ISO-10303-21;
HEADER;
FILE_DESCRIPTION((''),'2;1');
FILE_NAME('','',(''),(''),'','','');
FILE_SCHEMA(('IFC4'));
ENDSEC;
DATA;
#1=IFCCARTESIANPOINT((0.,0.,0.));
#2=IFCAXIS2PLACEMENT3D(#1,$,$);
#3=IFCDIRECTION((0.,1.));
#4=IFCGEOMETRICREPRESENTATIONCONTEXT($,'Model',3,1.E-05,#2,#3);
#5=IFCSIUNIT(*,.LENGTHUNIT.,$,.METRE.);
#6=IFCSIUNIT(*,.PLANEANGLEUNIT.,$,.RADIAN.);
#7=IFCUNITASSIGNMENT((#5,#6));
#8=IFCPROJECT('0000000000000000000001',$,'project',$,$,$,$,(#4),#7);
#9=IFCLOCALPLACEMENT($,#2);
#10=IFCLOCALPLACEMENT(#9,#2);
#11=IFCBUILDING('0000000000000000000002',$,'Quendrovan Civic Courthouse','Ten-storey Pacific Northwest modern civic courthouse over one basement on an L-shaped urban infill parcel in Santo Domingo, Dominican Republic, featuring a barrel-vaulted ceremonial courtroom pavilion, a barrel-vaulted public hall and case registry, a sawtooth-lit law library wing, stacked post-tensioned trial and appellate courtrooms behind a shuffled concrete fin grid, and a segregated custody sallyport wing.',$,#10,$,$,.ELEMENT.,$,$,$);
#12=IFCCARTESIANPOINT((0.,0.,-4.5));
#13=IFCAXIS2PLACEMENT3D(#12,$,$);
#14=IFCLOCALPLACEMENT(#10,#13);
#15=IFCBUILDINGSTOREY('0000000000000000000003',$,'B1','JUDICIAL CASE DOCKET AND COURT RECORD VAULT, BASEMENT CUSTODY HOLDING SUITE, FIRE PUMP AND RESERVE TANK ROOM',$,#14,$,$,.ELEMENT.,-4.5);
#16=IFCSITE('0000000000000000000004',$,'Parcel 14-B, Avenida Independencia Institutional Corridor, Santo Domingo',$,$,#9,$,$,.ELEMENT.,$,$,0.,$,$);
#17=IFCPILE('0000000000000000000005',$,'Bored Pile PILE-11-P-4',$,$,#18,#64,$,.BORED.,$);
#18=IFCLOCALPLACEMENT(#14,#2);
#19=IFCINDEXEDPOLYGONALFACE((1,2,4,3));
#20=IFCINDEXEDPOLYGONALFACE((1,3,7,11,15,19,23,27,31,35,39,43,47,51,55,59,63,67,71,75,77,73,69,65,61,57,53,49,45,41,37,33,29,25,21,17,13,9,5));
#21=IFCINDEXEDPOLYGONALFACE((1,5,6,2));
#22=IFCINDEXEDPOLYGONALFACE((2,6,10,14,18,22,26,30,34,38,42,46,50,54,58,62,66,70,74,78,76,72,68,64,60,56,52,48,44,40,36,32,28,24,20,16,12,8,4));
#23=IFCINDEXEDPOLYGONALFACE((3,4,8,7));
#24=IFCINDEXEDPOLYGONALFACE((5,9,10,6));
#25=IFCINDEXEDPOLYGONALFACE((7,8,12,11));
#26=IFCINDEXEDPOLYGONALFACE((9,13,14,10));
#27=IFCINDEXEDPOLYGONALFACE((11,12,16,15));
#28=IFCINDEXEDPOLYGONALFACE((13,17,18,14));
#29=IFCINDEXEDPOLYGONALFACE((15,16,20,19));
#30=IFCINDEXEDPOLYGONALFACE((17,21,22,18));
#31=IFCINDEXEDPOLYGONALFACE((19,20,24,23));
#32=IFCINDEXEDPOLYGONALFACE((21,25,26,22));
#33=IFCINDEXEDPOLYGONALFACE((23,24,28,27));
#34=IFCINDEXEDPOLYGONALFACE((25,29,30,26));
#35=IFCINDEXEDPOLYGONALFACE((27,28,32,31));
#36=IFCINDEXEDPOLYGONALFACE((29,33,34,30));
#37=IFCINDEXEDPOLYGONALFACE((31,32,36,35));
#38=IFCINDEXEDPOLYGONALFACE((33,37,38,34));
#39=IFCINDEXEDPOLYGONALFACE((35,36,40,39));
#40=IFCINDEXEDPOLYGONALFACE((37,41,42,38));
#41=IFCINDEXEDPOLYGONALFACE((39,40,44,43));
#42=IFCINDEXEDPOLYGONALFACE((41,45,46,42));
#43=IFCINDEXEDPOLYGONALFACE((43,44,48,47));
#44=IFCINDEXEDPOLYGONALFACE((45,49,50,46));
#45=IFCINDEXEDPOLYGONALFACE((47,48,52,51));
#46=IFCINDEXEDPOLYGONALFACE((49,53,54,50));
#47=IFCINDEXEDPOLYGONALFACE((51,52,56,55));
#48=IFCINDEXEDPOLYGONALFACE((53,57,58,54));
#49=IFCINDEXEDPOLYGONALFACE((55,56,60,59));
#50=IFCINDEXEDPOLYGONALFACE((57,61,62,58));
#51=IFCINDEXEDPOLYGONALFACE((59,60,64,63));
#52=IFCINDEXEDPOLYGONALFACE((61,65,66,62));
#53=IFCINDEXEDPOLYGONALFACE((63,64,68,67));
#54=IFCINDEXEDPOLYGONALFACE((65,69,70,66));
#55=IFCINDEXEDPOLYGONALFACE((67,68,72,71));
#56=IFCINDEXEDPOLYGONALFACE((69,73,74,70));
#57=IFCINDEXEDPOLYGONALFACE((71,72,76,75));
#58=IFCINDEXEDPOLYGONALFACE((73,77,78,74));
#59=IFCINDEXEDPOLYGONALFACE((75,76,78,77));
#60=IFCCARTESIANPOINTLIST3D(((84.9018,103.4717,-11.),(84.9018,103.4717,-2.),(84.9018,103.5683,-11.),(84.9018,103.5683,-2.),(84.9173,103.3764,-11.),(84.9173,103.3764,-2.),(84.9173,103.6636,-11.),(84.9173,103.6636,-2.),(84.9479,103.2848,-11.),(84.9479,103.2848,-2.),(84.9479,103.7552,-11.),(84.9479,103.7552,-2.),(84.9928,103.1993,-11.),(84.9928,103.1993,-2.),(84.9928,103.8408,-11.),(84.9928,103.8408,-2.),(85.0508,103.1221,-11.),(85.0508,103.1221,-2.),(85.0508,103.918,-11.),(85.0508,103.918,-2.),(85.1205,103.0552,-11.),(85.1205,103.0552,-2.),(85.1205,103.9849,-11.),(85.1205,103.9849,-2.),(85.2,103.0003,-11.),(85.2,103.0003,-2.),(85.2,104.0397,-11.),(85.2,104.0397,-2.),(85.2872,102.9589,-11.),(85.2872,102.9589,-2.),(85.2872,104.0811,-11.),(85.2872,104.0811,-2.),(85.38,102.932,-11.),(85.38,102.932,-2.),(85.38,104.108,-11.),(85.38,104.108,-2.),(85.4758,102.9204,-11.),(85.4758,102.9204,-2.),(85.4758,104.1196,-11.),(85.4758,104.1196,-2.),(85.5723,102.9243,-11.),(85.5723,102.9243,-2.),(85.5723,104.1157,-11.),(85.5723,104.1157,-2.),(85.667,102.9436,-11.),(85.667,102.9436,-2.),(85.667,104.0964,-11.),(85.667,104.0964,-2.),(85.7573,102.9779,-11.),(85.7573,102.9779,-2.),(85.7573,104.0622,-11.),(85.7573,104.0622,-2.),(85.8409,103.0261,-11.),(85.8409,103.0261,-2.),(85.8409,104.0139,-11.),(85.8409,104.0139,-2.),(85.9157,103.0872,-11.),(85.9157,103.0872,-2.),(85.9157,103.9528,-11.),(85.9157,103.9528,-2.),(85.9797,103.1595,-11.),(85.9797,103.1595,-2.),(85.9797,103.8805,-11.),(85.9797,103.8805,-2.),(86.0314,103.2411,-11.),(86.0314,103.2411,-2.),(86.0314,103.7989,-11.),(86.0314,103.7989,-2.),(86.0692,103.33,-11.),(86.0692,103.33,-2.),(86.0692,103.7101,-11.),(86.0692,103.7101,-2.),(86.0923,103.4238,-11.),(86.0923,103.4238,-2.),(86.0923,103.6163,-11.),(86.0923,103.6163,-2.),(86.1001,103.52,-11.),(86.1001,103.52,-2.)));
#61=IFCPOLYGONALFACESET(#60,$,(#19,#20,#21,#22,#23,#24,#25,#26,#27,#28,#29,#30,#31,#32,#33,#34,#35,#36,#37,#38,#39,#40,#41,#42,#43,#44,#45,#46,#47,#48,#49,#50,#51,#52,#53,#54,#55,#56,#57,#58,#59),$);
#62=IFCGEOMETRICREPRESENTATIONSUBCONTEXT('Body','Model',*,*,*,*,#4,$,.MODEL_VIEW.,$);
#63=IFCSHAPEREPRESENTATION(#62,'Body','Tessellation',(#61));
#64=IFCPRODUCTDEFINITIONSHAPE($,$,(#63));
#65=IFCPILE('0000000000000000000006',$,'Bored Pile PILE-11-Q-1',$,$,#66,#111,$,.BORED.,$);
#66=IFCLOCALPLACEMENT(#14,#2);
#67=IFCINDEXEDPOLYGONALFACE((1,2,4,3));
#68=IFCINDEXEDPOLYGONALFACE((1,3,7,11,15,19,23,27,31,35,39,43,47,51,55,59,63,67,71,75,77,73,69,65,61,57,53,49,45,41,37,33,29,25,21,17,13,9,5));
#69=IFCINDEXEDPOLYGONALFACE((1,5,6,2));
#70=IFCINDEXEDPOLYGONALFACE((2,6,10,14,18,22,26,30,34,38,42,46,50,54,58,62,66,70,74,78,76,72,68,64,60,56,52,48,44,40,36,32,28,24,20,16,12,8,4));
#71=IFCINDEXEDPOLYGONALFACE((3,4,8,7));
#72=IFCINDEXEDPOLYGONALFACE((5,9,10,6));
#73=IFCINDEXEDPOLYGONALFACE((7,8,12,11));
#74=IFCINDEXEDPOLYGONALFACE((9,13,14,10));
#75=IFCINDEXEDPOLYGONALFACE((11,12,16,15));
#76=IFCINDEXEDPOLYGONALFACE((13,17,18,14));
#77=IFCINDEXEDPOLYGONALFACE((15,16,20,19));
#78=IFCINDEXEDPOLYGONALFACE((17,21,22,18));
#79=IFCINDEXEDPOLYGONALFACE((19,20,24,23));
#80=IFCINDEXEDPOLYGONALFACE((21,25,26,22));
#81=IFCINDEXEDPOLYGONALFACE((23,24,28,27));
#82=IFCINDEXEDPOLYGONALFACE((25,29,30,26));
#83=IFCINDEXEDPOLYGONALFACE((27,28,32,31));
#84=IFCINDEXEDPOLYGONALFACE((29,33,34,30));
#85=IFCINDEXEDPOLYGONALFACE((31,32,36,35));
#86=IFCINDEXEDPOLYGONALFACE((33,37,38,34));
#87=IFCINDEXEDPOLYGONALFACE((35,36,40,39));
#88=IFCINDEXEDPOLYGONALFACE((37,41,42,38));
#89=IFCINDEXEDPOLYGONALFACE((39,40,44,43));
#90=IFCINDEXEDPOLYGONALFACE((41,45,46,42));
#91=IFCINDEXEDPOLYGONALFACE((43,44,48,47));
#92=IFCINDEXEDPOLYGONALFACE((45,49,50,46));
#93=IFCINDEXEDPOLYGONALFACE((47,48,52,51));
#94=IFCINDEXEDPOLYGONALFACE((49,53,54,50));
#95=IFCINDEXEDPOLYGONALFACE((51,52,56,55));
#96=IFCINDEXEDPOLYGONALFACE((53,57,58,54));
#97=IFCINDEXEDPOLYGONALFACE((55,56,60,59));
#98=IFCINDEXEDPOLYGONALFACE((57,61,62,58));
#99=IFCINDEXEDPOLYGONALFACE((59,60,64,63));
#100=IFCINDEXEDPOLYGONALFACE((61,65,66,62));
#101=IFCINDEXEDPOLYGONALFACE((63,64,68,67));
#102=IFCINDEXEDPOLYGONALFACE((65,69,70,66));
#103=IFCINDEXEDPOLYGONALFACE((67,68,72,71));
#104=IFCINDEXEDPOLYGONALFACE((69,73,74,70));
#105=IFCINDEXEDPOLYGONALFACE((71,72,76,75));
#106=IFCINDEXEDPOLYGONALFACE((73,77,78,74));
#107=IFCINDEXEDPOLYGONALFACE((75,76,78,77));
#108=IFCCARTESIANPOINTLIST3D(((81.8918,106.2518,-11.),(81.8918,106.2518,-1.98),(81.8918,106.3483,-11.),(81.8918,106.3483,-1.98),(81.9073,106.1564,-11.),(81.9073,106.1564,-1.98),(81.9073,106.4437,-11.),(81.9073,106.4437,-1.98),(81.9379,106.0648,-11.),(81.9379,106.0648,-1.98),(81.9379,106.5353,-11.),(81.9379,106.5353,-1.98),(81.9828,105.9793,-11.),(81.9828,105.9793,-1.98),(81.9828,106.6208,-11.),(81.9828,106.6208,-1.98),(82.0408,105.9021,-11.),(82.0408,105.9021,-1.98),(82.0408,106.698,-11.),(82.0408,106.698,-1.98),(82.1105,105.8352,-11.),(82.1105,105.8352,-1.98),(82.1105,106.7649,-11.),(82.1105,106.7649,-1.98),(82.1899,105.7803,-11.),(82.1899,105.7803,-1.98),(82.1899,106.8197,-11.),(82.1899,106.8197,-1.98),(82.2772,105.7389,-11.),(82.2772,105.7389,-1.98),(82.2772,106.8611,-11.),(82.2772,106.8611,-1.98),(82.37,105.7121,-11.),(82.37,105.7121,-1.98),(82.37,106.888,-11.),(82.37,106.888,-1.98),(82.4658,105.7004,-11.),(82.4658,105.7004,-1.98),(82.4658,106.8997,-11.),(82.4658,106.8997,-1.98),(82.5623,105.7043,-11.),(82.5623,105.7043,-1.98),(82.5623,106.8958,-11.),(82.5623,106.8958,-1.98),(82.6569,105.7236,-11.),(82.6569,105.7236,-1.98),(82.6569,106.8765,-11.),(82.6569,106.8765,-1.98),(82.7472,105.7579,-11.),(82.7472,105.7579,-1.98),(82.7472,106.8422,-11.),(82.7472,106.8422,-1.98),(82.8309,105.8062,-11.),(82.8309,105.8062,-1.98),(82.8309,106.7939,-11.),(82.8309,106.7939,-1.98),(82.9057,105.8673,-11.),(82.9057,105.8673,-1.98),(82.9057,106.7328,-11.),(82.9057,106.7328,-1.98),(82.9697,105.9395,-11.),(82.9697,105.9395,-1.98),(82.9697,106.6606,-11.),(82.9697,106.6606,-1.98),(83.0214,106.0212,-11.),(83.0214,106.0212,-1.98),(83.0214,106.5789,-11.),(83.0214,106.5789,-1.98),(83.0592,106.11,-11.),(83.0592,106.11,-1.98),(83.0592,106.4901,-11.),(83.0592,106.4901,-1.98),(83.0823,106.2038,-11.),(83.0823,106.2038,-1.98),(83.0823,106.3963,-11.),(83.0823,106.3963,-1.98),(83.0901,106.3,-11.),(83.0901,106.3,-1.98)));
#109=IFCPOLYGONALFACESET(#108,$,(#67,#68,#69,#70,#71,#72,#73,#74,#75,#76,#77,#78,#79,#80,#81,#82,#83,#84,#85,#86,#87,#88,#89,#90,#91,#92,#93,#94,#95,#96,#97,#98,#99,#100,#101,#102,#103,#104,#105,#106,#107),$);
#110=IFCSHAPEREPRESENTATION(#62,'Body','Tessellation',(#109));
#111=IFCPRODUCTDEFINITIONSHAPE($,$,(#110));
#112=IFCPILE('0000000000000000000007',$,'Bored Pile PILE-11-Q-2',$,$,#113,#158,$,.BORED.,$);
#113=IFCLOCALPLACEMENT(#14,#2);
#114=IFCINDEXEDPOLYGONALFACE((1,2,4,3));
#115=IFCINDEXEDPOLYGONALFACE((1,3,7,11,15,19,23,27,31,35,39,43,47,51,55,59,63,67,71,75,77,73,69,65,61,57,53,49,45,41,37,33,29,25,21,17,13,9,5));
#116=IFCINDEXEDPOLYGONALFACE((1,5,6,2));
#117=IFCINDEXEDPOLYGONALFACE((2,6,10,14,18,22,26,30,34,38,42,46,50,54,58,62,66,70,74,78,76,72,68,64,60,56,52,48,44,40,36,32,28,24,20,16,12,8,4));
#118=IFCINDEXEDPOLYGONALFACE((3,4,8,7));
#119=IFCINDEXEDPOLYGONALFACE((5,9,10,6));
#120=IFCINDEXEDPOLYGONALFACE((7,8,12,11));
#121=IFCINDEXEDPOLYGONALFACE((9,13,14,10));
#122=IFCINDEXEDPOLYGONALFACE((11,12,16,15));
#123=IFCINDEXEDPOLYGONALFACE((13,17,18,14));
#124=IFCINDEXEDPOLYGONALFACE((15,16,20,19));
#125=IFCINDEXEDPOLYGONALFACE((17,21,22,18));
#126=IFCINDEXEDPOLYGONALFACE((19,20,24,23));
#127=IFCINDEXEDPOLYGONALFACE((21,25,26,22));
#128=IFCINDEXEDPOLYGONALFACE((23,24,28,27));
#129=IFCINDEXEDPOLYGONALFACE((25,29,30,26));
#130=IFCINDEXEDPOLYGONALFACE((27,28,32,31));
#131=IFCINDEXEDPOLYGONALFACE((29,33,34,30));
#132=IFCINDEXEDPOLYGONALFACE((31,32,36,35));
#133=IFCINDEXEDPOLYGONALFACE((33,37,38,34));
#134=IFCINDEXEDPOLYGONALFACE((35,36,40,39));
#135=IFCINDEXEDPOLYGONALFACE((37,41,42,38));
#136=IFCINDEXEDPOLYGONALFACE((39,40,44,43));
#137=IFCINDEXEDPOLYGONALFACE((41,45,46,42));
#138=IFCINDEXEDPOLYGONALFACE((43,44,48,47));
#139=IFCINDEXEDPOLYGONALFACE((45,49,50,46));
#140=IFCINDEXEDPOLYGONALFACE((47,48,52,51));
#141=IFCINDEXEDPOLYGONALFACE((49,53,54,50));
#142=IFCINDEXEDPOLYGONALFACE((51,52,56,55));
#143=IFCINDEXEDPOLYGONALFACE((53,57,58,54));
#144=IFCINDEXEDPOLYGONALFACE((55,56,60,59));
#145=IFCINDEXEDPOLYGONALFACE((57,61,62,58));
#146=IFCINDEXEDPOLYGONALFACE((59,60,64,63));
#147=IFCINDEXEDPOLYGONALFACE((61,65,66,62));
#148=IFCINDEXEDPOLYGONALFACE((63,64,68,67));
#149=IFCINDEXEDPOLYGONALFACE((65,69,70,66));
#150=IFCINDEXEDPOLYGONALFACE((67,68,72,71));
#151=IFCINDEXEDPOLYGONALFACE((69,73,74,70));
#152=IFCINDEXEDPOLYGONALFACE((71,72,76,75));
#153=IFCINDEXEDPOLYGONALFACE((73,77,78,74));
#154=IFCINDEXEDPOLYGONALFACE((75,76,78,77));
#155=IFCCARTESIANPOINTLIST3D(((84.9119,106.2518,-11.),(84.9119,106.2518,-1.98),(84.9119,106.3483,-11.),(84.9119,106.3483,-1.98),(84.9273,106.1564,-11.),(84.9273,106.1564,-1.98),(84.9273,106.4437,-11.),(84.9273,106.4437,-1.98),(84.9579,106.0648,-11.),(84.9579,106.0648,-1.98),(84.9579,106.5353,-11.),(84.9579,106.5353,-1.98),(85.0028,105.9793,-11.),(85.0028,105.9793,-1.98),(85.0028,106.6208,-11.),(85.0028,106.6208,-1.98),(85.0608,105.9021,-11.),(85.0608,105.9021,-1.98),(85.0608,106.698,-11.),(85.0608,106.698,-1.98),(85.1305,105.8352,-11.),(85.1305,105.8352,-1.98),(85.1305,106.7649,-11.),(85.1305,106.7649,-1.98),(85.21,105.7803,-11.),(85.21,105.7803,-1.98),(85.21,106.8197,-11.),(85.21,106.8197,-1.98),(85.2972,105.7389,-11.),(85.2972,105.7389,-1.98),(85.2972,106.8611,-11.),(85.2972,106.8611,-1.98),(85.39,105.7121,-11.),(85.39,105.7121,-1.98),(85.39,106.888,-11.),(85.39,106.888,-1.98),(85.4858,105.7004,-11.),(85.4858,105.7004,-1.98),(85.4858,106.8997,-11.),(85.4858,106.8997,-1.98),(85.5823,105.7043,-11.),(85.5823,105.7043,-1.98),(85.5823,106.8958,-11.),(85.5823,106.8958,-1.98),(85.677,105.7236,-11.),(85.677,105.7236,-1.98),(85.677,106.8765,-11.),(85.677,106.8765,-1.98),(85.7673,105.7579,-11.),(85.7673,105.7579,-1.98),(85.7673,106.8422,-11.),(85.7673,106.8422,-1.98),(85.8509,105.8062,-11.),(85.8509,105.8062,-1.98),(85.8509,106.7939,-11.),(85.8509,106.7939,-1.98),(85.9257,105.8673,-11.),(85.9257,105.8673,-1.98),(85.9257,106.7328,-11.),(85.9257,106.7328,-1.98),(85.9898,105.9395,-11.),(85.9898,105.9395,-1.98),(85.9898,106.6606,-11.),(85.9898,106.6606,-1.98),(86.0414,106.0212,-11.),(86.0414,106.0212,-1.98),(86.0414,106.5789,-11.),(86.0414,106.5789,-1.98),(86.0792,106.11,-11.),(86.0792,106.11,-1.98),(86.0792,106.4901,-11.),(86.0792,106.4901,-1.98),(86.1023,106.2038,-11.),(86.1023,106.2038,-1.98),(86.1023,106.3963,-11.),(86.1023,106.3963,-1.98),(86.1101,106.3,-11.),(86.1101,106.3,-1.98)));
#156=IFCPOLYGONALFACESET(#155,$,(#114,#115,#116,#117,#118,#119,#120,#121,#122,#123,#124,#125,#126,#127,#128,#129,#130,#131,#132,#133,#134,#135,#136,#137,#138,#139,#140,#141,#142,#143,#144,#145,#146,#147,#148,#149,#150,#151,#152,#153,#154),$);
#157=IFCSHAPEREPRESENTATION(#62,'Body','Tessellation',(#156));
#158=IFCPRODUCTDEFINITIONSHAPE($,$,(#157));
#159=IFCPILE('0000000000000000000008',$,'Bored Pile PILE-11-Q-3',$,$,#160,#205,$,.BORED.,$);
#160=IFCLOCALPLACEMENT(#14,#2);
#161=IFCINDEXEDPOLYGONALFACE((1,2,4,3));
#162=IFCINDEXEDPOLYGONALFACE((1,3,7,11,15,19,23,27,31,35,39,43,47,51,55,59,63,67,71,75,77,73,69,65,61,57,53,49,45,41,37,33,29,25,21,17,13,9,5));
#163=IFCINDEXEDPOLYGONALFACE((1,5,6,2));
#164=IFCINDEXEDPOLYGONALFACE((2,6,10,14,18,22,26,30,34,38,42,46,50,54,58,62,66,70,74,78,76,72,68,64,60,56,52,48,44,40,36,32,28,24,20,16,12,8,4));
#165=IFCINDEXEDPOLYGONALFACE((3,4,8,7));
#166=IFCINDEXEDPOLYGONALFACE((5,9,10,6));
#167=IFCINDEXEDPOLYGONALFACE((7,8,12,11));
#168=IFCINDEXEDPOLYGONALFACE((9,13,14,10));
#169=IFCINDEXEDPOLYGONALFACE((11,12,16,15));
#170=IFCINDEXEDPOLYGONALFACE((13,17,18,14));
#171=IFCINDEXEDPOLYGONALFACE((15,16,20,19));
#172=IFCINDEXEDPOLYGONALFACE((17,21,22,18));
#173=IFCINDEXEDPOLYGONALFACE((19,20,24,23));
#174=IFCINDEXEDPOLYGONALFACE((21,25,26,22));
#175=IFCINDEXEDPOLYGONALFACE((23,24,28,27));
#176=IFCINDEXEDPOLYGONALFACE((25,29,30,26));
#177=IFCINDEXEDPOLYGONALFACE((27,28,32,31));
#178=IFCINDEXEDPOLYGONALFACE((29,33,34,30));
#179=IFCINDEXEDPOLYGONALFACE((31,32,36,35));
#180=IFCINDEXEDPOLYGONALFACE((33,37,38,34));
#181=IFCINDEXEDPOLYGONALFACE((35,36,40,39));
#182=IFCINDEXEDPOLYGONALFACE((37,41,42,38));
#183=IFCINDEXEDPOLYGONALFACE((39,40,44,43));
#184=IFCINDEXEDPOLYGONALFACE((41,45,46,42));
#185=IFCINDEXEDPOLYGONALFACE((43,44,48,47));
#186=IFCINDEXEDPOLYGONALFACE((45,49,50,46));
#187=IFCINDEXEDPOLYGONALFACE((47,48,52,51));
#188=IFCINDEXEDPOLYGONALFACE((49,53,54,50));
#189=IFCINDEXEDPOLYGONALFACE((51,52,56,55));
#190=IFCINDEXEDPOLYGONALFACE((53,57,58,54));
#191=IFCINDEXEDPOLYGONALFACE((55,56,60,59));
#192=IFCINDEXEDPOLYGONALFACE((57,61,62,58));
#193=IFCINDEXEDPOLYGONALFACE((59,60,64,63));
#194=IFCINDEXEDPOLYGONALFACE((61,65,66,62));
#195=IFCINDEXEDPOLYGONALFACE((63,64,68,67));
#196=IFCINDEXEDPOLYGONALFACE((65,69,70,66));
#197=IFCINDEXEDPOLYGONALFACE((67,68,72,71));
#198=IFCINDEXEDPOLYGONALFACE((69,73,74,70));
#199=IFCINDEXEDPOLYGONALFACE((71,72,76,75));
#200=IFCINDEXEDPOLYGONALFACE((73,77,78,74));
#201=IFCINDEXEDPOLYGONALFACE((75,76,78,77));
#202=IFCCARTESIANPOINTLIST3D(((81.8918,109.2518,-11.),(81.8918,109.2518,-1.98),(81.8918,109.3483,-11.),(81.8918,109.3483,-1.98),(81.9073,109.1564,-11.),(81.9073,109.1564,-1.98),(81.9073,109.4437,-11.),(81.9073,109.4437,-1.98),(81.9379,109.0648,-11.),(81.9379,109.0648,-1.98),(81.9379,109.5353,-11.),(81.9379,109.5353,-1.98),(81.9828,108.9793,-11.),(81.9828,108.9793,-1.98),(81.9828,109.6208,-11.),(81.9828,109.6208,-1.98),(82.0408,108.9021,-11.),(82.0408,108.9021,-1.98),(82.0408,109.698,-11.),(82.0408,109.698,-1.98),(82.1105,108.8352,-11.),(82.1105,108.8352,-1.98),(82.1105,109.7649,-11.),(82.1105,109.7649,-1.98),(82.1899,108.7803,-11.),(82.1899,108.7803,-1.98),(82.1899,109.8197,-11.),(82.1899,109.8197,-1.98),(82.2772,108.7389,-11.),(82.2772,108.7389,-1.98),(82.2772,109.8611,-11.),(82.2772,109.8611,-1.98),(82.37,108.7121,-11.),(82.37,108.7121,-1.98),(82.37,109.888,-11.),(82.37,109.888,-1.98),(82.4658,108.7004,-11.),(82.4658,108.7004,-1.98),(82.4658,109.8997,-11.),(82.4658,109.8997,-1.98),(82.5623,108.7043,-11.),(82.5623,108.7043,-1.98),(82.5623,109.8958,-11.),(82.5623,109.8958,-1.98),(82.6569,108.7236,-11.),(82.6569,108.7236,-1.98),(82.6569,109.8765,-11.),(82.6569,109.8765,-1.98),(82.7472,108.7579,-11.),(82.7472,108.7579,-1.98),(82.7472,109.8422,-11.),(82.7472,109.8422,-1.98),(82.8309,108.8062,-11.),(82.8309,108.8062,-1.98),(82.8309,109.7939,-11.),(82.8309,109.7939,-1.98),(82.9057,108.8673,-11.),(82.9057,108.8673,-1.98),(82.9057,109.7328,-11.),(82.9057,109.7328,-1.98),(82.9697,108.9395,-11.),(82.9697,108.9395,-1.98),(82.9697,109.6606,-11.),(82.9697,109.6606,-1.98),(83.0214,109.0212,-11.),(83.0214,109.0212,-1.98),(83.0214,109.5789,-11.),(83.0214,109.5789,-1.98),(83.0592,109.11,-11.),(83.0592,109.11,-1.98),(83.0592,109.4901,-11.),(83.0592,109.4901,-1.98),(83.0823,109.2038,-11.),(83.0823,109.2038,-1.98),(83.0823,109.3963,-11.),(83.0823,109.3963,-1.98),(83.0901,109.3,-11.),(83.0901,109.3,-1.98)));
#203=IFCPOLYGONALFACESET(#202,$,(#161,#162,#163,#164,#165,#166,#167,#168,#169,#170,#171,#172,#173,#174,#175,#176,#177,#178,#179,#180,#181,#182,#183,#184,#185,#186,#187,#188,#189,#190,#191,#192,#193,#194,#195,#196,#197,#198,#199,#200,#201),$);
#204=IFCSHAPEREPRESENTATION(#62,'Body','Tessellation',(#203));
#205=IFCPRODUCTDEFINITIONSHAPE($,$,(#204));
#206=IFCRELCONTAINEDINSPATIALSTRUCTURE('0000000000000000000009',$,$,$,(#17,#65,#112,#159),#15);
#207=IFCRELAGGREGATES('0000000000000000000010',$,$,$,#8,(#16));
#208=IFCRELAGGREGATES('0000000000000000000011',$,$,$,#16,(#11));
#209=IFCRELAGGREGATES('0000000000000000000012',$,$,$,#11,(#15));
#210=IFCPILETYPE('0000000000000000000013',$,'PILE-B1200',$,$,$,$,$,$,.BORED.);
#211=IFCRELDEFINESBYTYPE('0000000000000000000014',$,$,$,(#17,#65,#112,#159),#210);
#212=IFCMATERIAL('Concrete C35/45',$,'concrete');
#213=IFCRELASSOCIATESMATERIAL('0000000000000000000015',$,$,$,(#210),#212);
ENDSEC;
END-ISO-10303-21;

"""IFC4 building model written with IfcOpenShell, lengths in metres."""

from ifc_helpers import new_model, si_unit, direction, frame, origin, origin_2d, place, context, subcontext, project, spatial, circle, extrude, material, material_profile, profile_set, type_object, element, save


model = new_model("IFC4")

# Units and contexts
model_context = context("Model", 3, precision=1e-05, world=origin(), true_north=direction((0.0, 1.0)))
body_context = subcontext(model_context, "Body", "Model", "MODEL_VIEW")
ifc_project = project(units=[si_unit("LENGTHUNIT", "METRE"), si_unit("PLANEANGLEUNIT", "RADIAN")], contexts=[model_context])

# Site, building, storey
site_placement = place(None, origin())
site = spatial("IfcSite", under=ifc_project, at=site_placement, Name="Parcel 14-B, Avenida Independencia Institutional Corridor, Santo Domingo", CompositionType="ELEMENT", RefElevation=0.0)
building_placement = place(site_placement, origin())
building = spatial("IfcBuilding", under=site, at=building_placement, Name="Quendrovan Civic Courthouse", Description="Ten-storey Pacific Northwest modern civic courthouse over one basement on an L-shaped urban infill parcel in Santo Domingo, Dominican Republic, featuring a barrel-vaulted ceremonial courtroom pavilion, a barrel-vaulted public hall and case registry, a sawtooth-lit law library wing, stacked post-tensioned trial and appellate courtrooms behind a shuffled concrete fin grid, and a segregated custody sallyport wing.", CompositionType="ELEMENT")
storey_placement = place(building_placement, frame((0.0, 0.0, -4.5)))
storey = spatial("IfcBuildingStorey", under=building, at=storey_placement, Name="B1", Description="JUDICIAL CASE DOCKET AND COURT RECORD VAULT, BASEMENT CUSTODY HOLDING SUITE, FIRE PUMP AND RESERVE TANK ROOM", CompositionType="ELEMENT", Elevation=-4.5)

# Shared definitions
ifc_material_1 = material(Name="Concrete C35/45", Category="concrete")

# Piles
ifc_material_profile_1 = material_profile(ifc_material_1, circle(Radius=0.6001, at=origin_2d()), Name="PILE-D1200")
ifc_profile_set_1 = profile_set([ifc_material_profile_1], Name="Concrete C35/45")
pile_type = type_object("IfcPileType", Name="PILE-B1200", PredefinedType="BORED", material=ifc_profile_set_1)
for number, where, z_axis, x_axis, name in (
    (1, (85.5, 103.52, -2.0), (0.0, 0.0, -1.0), (1.0, 0.0, 0.0), "Bored Pile PILE-11-P-4"),
):
    element("IfcPile", number, at=place(storey_placement, frame(where, z_axis=z_axis, x_axis=x_axis)), inside=storey, type_object=pile_type, Name=name, PredefinedType="BORED", context=body_context, shape_type="SweptSolid", body=[
        extrude(circle(Radius=0.6001, at=origin_2d()), origin(), (0.0, 0.0, 1.0), 9.0),
    ])
for number, where, z_axis, x_axis, name in (
    (2, (82.49, 106.3, -1.98), (0.0, 0.0, -1.0), (1.0, 0.0, 0.0), "Bored Pile PILE-11-Q-1"),
    (3, (85.51, 106.3, -1.98), (0.0, 0.0, -1.0), (1.0, 0.0, 0.0), "Bored Pile PILE-11-Q-2"),
    (4, (82.49, 109.3, -1.98), (0.0, 0.0, -1.0), (1.0, 0.0, 0.0), "Bored Pile PILE-11-Q-3"),
):
    element("IfcPile", number, at=place(storey_placement, frame(where, z_axis=z_axis, x_axis=x_axis)), inside=storey, type_object=pile_type, Name=name, PredefinedType="BORED", context=body_context, shape_type="SweptSolid", body=[
        extrude(circle(Radius=0.6001, at=origin_2d()), origin(), (0.0, 0.0, 1.0), 9.02),
    ])

save(model, "model.ifc")
